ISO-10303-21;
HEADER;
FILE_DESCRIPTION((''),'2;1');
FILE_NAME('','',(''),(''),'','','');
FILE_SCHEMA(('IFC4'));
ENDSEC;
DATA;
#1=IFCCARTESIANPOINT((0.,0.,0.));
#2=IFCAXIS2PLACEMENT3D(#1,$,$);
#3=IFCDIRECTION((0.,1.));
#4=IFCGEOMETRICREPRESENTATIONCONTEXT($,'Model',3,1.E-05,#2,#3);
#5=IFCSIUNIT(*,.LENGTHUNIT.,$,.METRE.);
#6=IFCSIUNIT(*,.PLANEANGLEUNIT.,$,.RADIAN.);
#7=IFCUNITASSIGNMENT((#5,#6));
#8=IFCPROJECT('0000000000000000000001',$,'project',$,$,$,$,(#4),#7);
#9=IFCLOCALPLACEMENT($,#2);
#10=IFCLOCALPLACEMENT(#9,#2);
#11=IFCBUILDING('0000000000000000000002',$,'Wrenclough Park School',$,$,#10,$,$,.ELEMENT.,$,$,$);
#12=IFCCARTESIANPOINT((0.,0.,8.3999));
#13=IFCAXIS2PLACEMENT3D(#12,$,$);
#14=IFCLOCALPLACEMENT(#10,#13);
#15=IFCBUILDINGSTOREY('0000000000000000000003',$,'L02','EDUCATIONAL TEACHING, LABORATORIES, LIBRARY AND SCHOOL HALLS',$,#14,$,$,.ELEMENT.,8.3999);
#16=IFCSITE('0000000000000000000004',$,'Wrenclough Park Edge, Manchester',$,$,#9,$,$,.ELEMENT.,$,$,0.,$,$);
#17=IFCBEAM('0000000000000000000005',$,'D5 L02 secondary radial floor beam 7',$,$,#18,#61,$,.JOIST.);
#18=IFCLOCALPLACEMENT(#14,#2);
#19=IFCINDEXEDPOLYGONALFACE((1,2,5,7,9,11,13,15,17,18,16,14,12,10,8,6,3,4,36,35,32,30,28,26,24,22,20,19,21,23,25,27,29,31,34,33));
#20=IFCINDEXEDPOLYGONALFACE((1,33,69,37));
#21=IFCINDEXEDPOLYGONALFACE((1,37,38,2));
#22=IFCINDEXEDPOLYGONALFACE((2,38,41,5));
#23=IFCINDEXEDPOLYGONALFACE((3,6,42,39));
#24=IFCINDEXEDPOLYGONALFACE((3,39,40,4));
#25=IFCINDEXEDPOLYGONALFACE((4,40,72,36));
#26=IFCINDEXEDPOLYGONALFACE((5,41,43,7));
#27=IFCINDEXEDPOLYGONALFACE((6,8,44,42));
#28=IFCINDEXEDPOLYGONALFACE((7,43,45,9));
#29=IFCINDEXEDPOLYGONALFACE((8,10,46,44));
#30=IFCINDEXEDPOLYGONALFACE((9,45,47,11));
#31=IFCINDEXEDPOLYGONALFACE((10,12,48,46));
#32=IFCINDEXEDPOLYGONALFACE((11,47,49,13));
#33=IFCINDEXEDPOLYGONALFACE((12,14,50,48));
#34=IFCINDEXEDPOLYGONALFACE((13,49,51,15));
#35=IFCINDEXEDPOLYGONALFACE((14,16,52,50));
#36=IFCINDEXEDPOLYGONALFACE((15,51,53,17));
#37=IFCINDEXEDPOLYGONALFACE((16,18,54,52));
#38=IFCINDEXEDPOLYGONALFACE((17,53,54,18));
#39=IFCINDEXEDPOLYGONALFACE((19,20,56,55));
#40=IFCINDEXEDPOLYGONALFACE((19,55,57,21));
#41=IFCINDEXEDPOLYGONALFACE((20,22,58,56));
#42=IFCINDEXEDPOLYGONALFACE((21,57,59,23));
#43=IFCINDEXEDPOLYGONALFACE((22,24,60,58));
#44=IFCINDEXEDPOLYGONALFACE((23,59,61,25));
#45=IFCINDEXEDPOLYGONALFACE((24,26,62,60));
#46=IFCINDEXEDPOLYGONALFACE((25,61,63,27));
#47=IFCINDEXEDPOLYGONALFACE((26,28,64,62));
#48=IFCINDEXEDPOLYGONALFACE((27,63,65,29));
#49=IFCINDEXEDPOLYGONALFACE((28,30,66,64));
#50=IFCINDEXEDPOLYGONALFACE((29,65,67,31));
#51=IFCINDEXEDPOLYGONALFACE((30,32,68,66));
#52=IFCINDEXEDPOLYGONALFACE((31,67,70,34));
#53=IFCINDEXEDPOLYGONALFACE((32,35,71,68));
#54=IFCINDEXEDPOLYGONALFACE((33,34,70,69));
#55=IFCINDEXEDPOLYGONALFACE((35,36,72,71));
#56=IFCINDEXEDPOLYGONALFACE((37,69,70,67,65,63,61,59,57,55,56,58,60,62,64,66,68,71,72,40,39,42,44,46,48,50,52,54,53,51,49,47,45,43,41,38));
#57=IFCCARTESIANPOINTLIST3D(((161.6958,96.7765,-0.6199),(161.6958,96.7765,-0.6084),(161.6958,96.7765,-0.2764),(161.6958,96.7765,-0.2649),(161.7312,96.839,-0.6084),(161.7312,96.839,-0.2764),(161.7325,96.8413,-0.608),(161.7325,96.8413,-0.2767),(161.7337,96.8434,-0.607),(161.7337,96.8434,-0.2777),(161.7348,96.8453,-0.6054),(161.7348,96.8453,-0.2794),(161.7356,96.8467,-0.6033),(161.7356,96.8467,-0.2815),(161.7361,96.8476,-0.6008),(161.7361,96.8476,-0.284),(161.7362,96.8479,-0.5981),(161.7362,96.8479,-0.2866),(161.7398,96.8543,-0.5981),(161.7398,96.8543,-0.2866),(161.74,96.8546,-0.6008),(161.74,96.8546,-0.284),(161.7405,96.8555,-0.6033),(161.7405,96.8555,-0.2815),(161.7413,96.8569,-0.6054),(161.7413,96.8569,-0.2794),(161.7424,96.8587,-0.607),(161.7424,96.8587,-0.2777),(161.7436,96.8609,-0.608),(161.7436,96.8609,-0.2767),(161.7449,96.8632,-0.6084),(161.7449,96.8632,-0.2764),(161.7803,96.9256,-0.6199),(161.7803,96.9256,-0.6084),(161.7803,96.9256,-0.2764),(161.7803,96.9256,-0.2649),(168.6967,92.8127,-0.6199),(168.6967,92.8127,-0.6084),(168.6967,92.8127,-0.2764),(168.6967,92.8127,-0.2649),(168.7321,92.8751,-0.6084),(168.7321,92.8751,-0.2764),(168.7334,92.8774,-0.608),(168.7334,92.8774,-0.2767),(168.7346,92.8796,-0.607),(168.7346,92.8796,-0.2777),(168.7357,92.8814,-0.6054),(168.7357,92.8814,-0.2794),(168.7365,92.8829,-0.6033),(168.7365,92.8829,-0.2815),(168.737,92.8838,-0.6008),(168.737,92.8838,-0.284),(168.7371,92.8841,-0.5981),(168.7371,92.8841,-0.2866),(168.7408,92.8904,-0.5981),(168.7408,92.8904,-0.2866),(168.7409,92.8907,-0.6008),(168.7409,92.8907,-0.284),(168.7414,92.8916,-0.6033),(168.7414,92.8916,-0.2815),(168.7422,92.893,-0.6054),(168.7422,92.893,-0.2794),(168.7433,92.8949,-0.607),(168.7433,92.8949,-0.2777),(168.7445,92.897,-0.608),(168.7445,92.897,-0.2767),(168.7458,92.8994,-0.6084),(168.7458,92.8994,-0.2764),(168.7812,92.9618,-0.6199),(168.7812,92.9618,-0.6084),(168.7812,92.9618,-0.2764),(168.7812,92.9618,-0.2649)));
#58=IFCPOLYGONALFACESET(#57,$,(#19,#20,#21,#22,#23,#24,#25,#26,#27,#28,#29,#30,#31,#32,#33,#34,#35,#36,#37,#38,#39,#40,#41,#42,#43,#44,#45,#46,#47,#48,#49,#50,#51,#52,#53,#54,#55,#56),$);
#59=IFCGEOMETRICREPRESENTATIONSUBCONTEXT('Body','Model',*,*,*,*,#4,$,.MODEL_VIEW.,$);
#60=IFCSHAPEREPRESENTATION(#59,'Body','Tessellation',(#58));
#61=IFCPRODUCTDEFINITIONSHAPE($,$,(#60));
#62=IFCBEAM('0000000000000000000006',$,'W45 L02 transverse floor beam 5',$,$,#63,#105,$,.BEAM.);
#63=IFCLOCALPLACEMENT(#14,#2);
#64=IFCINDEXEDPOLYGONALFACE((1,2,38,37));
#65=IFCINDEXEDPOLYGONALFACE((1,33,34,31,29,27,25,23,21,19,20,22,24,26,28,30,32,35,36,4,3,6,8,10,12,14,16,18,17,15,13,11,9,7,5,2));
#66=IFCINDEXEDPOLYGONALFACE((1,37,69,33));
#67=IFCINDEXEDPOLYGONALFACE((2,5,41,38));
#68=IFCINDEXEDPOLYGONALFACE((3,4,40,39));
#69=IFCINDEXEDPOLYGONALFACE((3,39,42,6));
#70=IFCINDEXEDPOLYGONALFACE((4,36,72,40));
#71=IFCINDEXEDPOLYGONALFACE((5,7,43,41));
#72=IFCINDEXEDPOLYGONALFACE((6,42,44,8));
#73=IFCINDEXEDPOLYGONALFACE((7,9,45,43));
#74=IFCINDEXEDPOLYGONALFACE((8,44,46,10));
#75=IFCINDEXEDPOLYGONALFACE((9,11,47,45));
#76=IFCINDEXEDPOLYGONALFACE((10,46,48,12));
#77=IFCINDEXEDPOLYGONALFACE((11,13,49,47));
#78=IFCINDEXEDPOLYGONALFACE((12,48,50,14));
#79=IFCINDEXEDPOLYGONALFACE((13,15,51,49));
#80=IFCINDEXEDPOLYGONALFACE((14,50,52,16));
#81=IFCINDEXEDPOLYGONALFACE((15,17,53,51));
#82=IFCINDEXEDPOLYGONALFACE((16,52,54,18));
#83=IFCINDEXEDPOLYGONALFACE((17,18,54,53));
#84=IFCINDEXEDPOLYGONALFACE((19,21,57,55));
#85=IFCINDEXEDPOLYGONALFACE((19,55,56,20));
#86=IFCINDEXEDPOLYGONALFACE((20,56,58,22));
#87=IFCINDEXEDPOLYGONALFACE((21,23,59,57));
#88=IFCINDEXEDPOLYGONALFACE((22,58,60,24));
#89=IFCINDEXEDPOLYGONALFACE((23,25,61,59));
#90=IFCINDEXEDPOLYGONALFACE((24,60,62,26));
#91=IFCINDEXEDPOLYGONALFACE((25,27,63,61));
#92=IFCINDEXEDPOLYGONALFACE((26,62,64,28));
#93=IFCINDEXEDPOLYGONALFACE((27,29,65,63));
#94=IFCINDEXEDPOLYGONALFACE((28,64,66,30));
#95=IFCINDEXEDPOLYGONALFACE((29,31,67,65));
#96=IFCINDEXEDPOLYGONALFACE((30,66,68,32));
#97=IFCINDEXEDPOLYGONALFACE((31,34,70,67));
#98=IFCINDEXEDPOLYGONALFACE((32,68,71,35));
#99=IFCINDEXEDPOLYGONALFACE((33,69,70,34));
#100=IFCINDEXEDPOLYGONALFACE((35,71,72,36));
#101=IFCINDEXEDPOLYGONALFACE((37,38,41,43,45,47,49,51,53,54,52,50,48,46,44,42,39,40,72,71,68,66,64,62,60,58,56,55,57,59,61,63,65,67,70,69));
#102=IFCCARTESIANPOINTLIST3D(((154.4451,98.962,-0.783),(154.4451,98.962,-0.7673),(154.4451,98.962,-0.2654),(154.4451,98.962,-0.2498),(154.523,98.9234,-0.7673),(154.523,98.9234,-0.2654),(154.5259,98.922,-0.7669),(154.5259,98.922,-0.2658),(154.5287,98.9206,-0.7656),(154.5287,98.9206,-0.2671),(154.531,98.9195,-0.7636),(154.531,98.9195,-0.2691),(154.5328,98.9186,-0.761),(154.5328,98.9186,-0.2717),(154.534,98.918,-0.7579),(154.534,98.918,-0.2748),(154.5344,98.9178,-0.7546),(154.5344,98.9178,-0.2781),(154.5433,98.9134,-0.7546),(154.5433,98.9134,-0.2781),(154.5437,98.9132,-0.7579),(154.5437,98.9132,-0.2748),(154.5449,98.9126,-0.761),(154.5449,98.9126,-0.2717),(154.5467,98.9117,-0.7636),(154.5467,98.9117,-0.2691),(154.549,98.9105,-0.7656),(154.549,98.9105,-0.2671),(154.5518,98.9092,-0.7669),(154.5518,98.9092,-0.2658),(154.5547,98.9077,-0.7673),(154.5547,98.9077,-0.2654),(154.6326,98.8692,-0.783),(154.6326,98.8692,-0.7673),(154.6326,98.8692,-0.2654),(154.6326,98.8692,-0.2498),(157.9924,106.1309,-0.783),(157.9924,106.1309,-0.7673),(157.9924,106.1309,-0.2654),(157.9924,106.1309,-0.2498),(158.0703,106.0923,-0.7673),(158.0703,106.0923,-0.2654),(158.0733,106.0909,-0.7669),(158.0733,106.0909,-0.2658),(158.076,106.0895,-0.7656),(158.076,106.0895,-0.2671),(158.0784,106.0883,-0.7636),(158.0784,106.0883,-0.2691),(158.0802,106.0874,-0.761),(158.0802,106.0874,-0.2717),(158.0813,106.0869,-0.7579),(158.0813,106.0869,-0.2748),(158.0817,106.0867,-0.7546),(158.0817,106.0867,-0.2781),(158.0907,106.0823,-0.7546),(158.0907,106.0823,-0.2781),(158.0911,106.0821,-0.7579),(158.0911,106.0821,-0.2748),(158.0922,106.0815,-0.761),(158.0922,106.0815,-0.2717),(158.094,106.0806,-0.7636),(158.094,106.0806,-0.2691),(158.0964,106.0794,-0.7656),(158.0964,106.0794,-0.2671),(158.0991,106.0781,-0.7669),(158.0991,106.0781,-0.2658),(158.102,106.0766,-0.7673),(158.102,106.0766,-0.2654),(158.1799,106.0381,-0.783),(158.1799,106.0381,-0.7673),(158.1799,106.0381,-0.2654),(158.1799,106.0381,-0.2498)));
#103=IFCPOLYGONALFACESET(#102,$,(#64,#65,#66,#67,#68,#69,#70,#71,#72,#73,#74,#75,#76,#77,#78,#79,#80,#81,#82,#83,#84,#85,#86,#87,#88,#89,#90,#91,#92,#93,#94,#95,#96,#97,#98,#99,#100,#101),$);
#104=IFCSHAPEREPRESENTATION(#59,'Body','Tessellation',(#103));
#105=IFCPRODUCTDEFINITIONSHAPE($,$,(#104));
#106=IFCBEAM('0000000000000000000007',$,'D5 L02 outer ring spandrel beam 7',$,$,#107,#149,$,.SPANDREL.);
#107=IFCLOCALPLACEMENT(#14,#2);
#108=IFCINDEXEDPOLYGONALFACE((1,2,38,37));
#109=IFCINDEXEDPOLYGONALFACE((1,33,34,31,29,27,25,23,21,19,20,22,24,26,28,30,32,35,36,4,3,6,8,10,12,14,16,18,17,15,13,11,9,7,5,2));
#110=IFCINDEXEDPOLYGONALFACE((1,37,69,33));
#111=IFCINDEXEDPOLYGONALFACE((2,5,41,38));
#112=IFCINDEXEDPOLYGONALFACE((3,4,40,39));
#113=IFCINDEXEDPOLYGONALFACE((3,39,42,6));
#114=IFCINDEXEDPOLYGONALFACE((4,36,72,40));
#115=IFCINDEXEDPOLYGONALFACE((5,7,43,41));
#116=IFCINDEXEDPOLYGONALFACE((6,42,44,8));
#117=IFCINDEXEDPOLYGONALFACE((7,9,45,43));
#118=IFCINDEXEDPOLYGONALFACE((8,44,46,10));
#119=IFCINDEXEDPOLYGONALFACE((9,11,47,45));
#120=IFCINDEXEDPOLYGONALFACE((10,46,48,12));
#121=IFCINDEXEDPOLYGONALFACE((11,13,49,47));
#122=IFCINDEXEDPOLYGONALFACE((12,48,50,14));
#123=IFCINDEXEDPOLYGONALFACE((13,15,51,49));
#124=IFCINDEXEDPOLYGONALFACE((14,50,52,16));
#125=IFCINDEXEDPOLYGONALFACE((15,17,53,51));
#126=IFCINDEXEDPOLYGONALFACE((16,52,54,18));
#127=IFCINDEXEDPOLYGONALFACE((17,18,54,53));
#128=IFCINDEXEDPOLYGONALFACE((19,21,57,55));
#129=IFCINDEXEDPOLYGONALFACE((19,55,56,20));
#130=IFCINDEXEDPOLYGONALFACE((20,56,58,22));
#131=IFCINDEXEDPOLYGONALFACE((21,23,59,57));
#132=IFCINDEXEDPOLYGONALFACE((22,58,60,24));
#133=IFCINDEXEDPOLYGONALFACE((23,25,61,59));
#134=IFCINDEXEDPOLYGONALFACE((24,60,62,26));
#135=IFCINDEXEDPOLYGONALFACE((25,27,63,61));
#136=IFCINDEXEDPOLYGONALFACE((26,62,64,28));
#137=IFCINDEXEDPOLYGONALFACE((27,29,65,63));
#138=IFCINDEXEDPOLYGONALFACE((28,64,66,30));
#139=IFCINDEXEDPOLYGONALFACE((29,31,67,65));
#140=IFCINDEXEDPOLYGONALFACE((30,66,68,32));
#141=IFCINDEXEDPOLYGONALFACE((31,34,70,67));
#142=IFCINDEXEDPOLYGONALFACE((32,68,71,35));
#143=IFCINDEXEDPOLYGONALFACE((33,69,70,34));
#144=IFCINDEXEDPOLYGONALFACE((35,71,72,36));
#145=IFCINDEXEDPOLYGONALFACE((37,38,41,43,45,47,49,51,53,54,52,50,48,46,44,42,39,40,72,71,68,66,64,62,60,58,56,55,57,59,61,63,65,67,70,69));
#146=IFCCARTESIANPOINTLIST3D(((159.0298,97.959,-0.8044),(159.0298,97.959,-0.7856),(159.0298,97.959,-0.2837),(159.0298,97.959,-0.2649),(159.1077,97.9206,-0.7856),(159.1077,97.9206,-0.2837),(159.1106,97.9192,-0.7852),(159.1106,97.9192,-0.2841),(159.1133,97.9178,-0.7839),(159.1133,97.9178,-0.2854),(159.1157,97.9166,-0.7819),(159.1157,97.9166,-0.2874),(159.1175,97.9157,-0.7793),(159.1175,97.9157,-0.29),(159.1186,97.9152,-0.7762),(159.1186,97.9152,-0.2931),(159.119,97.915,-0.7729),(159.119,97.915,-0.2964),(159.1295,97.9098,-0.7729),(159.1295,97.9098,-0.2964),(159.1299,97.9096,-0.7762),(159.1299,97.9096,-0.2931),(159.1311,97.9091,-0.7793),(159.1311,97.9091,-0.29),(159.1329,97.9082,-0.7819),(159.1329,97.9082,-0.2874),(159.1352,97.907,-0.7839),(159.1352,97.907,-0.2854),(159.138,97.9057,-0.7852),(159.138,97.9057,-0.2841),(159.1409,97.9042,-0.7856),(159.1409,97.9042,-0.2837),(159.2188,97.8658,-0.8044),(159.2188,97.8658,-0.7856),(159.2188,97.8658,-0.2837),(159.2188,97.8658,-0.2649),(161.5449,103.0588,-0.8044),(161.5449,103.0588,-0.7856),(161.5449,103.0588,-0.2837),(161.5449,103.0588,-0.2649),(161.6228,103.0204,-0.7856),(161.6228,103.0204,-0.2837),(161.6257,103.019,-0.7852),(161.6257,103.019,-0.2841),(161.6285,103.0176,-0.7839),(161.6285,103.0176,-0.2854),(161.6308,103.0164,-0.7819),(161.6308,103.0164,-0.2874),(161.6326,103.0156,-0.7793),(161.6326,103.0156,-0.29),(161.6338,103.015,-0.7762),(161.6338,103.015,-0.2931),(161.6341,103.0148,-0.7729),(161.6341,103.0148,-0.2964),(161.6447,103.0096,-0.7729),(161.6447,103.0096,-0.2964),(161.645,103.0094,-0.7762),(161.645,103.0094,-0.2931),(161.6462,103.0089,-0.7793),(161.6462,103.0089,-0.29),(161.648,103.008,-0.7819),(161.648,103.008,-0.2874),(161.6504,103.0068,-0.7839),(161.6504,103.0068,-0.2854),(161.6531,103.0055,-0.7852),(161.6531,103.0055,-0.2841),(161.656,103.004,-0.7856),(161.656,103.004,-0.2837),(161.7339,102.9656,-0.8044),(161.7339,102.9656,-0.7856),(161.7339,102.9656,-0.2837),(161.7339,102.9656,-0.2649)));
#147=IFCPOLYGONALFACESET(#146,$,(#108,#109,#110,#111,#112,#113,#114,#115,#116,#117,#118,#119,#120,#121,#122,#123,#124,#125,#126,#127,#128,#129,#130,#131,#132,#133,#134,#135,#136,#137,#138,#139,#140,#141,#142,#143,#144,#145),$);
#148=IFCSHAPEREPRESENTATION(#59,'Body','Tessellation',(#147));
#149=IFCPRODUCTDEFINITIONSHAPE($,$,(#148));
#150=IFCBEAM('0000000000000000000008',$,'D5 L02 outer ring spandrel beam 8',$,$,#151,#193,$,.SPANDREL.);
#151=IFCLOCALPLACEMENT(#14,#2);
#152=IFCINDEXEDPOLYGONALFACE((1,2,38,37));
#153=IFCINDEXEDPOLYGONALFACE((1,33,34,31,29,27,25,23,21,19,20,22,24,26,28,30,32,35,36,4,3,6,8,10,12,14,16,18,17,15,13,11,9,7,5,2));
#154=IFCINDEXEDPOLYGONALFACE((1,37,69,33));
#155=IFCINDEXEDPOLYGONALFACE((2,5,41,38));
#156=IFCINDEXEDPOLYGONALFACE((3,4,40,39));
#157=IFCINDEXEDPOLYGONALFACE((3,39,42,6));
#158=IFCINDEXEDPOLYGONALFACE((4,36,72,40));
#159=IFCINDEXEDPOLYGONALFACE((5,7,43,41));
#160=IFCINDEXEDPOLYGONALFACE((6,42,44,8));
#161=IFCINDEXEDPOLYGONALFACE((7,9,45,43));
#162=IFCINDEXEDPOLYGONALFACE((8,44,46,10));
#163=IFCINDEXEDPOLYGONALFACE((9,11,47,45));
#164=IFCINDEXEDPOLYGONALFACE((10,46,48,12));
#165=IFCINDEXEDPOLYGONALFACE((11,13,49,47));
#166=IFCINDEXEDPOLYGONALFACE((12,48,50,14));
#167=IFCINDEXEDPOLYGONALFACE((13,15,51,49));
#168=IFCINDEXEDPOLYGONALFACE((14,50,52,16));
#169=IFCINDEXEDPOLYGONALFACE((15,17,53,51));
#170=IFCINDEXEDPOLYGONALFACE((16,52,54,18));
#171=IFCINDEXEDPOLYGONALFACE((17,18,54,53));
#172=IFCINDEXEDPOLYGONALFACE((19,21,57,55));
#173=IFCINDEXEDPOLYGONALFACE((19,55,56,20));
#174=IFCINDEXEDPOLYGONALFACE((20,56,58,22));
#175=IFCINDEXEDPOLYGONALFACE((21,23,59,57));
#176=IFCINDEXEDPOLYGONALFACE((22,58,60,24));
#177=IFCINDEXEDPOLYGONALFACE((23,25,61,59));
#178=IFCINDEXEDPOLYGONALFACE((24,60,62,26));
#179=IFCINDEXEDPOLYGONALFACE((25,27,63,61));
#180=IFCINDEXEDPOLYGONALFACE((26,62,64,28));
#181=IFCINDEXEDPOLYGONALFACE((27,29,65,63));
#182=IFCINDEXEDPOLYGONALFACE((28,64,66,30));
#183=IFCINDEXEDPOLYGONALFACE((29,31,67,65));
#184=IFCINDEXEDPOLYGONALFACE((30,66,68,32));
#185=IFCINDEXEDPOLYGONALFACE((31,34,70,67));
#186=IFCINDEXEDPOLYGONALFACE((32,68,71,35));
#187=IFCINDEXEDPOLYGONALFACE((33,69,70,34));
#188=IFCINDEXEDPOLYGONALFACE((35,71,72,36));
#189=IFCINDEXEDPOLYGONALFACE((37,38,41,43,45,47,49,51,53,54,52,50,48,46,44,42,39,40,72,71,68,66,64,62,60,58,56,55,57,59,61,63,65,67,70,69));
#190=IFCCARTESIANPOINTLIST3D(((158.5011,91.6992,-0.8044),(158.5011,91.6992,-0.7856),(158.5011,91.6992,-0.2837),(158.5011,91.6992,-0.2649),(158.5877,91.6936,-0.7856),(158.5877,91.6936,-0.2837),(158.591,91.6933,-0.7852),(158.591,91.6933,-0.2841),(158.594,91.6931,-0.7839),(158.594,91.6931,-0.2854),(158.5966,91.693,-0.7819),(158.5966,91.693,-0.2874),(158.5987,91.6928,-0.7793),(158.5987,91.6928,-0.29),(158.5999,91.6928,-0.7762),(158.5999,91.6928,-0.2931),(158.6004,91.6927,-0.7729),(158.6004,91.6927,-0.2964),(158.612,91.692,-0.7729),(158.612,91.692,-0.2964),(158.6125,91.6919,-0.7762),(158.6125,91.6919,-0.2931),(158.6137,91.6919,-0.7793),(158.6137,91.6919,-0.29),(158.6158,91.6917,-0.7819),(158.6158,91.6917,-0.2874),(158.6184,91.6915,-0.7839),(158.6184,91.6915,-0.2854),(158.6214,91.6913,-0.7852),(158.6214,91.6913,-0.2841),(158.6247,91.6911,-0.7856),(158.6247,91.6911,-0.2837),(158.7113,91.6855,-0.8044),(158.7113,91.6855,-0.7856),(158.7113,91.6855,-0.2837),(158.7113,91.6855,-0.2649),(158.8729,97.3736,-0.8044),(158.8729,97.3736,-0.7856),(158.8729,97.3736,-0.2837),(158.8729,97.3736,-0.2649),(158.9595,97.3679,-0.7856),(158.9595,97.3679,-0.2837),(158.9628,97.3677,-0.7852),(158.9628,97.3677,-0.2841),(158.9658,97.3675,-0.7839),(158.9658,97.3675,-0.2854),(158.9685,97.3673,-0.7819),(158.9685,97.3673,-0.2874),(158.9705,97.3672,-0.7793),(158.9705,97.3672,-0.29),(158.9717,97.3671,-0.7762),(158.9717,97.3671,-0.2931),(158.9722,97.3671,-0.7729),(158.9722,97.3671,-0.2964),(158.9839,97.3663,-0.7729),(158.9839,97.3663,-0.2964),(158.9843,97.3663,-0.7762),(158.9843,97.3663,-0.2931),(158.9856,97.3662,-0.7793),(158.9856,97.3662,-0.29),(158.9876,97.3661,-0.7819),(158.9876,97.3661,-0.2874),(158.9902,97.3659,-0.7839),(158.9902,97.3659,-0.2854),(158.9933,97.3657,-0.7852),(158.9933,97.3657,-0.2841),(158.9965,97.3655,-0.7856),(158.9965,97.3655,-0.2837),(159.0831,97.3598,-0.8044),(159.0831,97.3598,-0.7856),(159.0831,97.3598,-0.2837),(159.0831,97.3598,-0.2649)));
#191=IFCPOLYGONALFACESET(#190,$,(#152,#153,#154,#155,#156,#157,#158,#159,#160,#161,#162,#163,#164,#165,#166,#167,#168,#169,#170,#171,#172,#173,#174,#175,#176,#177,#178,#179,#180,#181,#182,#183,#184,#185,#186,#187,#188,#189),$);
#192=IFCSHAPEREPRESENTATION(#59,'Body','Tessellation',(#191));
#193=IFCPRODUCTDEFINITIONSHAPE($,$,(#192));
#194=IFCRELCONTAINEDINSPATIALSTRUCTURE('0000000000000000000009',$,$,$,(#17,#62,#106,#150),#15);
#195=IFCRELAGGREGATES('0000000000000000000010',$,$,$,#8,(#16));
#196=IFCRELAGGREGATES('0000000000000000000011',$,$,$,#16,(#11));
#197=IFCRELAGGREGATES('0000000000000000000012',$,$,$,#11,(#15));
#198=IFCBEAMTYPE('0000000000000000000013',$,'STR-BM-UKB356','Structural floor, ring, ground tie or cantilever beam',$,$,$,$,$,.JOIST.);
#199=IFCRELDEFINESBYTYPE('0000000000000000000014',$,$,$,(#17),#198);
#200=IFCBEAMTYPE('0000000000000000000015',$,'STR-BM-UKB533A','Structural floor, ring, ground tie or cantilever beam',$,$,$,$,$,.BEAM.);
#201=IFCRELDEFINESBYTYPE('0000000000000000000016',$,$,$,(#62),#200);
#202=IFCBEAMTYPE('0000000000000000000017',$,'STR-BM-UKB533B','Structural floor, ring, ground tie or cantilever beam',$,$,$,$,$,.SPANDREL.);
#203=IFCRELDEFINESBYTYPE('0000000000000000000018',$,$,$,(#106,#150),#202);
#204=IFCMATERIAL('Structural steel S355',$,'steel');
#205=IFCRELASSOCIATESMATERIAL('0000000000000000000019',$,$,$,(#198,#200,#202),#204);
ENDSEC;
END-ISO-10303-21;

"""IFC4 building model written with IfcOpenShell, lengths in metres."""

from ifc_helpers import new_model, si_unit, direction, frame, origin, origin_2d, place, context, subcontext, project, spatial, i_section, extrude, material, material_profile, profile_set, type_object, element, save


model = new_model("IFC4")

# Units and contexts
model_context = context("Model", 3, precision=1e-05, world=origin(), true_north=direction((0.0, 1.0)))
body_context = subcontext(model_context, "Body", "Model", "MODEL_VIEW")
ifc_project = project(units=[si_unit("LENGTHUNIT", "METRE"), si_unit("PLANEANGLEUNIT", "RADIAN")], contexts=[model_context])

# Site, building, storey
site_placement = place(None, origin())
site = spatial("IfcSite", under=ifc_project, at=site_placement, Name="Wrenclough Park Edge, Manchester", CompositionType="ELEMENT", RefElevation=0.0)
building_placement = place(site_placement, origin())
building = spatial("IfcBuilding", under=site, at=building_placement, Name="Wrenclough Park School", CompositionType="ELEMENT")
storey_placement = place(building_placement, frame((0.0, 0.0, 8.3999)))
storey = spatial("IfcBuildingStorey", under=building, at=storey_placement, Name="L02", Description="EDUCATIONAL TEACHING, LABORATORIES, LIBRARY AND SCHOOL HALLS", CompositionType="ELEMENT", Elevation=8.3999)

# Shared definitions
ifc_material_1 = material(Name="Structural steel S355", Category="steel")

# Beams
ifc_material_profile_1 = material_profile(ifc_material_1, i_section(OverallWidth=0.1714, OverallDepth=0.355, WebThickness=0.0073, FlangeThickness=0.0115, FilletRadius=0.0103, at=origin_2d()), Name="UKB 356x171x51")
ifc_profile_set_1 = profile_set([ifc_material_profile_1], Name="Structural steel S355")
beam_type_1 = type_object("IfcBeamType", Name="STR-BM-UKB356", Description="Structural floor, ring, ground tie or cantilever beam", PredefinedType="JOIST", material=ifc_profile_set_1)
beam_1_placement = place(storey_placement, frame((161.738, 96.8511, -0.4424), z_axis=(0.870201, -0.492697, 0.0), x_axis=(0.492697, 0.870201, 0.0)))
element("IfcBeam", 1, at=beam_1_placement, inside=storey, type_object=beam_type_1, Name="D5 L02 secondary radial floor beam 7", PredefinedType="JOIST", context=body_context, shape_type="SweptSolid", body=[
    extrude(i_section(OverallWidth=0.1714, OverallDepth=0.355, WebThickness=0.0073, FlangeThickness=0.0115, FilletRadius=0.0103, at=origin_2d()), origin(), (0.0, 0.0, 1.0), 8.0452),
])
ifc_material_profile_2 = material_profile(ifc_material_1, i_section(OverallWidth=0.2092, OverallDepth=0.5332, WebThickness=0.01, FlangeThickness=0.0156, FilletRadius=0.0127, at=origin_2d()), Name="UKB 533x210x92")
ifc_profile_set_2 = profile_set([ifc_material_profile_2], Name="Structural steel S355")
beam_type_2 = type_object("IfcBeamType", Name="STR-BM-UKB533A", Description="Structural floor, ring, ground tie or cantilever beam", PredefinedType="BEAM", material=ifc_profile_set_2)
beam_2_placement = place(storey_placement, frame((158.0862, 106.0845, -0.5164), z_axis=(-0.443498, -0.896275, 0.0), x_axis=(0.896275, -0.443498, 0.0)))
element("IfcBeam", 2, at=beam_2_placement, inside=storey, type_object=beam_type_2, Name="W45 L02 transverse floor beam 5", PredefinedType="BEAM", context=body_context, shape_type="SweptSolid", body=[
    extrude(i_section(OverallWidth=0.2092, OverallDepth=0.5332, WebThickness=0.01, FlangeThickness=0.0156, FilletRadius=0.0127, at=origin_2d()), origin(), (0.0, 0.0, 1.0), 7.9985),
])
ifc_material_profile_3 = material_profile(ifc_material_1, i_section(OverallWidth=0.2107, OverallDepth=0.5396, WebThickness=0.0117, FlangeThickness=0.0188, FilletRadius=0.0127, at=origin_2d()), Name="UKB 533x210x109")
ifc_profile_set_3 = profile_set([ifc_material_profile_3], Name="Structural steel S355")
beam_type_3 = type_object("IfcBeamType", Name="STR-BM-UKB533B", Description="Structural floor, ring, ground tie or cantilever beam", PredefinedType="SPANDREL", material=ifc_profile_set_3)
beam_3_placement = place(storey_placement, frame((161.6394, 103.0122, -0.5347), z_axis=(-0.442312, -0.896861, 0.0), x_axis=(0.896861, -0.442312, 0.0)))
element("IfcBeam", 3, at=beam_3_placement, inside=storey, type_object=beam_type_3, Name="D5 L02 outer ring spandrel beam 7", PredefinedType="SPANDREL", context=body_context, shape_type="SweptSolid", body=[
    extrude(i_section(OverallWidth=0.2107, OverallDepth=0.5396, WebThickness=0.0117, FlangeThickness=0.0188, FilletRadius=0.0127, at=origin_2d()), origin(), (0.0, 0.0, 1.0), 5.6863),
])
beam_4_placement = place(storey_placement, frame((158.978, 97.3667, -0.5347), z_axis=(-0.065388, -0.99786, 0.0), x_axis=(0.99786, -0.065388, 0.0)))
element("IfcBeam", 4, at=beam_4_placement, inside=storey, type_object=beam_type_3, Name="D5 L02 outer ring spandrel beam 8", PredefinedType="SPANDREL", context=body_context, shape_type="SweptSolid", body=[
    extrude(i_section(OverallWidth=0.2107, OverallDepth=0.5396, WebThickness=0.0117, FlangeThickness=0.0188, FilletRadius=0.0127, at=origin_2d()), origin(), (0.0, 0.0, 1.0), 5.6865),
])

save(model, "model.ifc")
